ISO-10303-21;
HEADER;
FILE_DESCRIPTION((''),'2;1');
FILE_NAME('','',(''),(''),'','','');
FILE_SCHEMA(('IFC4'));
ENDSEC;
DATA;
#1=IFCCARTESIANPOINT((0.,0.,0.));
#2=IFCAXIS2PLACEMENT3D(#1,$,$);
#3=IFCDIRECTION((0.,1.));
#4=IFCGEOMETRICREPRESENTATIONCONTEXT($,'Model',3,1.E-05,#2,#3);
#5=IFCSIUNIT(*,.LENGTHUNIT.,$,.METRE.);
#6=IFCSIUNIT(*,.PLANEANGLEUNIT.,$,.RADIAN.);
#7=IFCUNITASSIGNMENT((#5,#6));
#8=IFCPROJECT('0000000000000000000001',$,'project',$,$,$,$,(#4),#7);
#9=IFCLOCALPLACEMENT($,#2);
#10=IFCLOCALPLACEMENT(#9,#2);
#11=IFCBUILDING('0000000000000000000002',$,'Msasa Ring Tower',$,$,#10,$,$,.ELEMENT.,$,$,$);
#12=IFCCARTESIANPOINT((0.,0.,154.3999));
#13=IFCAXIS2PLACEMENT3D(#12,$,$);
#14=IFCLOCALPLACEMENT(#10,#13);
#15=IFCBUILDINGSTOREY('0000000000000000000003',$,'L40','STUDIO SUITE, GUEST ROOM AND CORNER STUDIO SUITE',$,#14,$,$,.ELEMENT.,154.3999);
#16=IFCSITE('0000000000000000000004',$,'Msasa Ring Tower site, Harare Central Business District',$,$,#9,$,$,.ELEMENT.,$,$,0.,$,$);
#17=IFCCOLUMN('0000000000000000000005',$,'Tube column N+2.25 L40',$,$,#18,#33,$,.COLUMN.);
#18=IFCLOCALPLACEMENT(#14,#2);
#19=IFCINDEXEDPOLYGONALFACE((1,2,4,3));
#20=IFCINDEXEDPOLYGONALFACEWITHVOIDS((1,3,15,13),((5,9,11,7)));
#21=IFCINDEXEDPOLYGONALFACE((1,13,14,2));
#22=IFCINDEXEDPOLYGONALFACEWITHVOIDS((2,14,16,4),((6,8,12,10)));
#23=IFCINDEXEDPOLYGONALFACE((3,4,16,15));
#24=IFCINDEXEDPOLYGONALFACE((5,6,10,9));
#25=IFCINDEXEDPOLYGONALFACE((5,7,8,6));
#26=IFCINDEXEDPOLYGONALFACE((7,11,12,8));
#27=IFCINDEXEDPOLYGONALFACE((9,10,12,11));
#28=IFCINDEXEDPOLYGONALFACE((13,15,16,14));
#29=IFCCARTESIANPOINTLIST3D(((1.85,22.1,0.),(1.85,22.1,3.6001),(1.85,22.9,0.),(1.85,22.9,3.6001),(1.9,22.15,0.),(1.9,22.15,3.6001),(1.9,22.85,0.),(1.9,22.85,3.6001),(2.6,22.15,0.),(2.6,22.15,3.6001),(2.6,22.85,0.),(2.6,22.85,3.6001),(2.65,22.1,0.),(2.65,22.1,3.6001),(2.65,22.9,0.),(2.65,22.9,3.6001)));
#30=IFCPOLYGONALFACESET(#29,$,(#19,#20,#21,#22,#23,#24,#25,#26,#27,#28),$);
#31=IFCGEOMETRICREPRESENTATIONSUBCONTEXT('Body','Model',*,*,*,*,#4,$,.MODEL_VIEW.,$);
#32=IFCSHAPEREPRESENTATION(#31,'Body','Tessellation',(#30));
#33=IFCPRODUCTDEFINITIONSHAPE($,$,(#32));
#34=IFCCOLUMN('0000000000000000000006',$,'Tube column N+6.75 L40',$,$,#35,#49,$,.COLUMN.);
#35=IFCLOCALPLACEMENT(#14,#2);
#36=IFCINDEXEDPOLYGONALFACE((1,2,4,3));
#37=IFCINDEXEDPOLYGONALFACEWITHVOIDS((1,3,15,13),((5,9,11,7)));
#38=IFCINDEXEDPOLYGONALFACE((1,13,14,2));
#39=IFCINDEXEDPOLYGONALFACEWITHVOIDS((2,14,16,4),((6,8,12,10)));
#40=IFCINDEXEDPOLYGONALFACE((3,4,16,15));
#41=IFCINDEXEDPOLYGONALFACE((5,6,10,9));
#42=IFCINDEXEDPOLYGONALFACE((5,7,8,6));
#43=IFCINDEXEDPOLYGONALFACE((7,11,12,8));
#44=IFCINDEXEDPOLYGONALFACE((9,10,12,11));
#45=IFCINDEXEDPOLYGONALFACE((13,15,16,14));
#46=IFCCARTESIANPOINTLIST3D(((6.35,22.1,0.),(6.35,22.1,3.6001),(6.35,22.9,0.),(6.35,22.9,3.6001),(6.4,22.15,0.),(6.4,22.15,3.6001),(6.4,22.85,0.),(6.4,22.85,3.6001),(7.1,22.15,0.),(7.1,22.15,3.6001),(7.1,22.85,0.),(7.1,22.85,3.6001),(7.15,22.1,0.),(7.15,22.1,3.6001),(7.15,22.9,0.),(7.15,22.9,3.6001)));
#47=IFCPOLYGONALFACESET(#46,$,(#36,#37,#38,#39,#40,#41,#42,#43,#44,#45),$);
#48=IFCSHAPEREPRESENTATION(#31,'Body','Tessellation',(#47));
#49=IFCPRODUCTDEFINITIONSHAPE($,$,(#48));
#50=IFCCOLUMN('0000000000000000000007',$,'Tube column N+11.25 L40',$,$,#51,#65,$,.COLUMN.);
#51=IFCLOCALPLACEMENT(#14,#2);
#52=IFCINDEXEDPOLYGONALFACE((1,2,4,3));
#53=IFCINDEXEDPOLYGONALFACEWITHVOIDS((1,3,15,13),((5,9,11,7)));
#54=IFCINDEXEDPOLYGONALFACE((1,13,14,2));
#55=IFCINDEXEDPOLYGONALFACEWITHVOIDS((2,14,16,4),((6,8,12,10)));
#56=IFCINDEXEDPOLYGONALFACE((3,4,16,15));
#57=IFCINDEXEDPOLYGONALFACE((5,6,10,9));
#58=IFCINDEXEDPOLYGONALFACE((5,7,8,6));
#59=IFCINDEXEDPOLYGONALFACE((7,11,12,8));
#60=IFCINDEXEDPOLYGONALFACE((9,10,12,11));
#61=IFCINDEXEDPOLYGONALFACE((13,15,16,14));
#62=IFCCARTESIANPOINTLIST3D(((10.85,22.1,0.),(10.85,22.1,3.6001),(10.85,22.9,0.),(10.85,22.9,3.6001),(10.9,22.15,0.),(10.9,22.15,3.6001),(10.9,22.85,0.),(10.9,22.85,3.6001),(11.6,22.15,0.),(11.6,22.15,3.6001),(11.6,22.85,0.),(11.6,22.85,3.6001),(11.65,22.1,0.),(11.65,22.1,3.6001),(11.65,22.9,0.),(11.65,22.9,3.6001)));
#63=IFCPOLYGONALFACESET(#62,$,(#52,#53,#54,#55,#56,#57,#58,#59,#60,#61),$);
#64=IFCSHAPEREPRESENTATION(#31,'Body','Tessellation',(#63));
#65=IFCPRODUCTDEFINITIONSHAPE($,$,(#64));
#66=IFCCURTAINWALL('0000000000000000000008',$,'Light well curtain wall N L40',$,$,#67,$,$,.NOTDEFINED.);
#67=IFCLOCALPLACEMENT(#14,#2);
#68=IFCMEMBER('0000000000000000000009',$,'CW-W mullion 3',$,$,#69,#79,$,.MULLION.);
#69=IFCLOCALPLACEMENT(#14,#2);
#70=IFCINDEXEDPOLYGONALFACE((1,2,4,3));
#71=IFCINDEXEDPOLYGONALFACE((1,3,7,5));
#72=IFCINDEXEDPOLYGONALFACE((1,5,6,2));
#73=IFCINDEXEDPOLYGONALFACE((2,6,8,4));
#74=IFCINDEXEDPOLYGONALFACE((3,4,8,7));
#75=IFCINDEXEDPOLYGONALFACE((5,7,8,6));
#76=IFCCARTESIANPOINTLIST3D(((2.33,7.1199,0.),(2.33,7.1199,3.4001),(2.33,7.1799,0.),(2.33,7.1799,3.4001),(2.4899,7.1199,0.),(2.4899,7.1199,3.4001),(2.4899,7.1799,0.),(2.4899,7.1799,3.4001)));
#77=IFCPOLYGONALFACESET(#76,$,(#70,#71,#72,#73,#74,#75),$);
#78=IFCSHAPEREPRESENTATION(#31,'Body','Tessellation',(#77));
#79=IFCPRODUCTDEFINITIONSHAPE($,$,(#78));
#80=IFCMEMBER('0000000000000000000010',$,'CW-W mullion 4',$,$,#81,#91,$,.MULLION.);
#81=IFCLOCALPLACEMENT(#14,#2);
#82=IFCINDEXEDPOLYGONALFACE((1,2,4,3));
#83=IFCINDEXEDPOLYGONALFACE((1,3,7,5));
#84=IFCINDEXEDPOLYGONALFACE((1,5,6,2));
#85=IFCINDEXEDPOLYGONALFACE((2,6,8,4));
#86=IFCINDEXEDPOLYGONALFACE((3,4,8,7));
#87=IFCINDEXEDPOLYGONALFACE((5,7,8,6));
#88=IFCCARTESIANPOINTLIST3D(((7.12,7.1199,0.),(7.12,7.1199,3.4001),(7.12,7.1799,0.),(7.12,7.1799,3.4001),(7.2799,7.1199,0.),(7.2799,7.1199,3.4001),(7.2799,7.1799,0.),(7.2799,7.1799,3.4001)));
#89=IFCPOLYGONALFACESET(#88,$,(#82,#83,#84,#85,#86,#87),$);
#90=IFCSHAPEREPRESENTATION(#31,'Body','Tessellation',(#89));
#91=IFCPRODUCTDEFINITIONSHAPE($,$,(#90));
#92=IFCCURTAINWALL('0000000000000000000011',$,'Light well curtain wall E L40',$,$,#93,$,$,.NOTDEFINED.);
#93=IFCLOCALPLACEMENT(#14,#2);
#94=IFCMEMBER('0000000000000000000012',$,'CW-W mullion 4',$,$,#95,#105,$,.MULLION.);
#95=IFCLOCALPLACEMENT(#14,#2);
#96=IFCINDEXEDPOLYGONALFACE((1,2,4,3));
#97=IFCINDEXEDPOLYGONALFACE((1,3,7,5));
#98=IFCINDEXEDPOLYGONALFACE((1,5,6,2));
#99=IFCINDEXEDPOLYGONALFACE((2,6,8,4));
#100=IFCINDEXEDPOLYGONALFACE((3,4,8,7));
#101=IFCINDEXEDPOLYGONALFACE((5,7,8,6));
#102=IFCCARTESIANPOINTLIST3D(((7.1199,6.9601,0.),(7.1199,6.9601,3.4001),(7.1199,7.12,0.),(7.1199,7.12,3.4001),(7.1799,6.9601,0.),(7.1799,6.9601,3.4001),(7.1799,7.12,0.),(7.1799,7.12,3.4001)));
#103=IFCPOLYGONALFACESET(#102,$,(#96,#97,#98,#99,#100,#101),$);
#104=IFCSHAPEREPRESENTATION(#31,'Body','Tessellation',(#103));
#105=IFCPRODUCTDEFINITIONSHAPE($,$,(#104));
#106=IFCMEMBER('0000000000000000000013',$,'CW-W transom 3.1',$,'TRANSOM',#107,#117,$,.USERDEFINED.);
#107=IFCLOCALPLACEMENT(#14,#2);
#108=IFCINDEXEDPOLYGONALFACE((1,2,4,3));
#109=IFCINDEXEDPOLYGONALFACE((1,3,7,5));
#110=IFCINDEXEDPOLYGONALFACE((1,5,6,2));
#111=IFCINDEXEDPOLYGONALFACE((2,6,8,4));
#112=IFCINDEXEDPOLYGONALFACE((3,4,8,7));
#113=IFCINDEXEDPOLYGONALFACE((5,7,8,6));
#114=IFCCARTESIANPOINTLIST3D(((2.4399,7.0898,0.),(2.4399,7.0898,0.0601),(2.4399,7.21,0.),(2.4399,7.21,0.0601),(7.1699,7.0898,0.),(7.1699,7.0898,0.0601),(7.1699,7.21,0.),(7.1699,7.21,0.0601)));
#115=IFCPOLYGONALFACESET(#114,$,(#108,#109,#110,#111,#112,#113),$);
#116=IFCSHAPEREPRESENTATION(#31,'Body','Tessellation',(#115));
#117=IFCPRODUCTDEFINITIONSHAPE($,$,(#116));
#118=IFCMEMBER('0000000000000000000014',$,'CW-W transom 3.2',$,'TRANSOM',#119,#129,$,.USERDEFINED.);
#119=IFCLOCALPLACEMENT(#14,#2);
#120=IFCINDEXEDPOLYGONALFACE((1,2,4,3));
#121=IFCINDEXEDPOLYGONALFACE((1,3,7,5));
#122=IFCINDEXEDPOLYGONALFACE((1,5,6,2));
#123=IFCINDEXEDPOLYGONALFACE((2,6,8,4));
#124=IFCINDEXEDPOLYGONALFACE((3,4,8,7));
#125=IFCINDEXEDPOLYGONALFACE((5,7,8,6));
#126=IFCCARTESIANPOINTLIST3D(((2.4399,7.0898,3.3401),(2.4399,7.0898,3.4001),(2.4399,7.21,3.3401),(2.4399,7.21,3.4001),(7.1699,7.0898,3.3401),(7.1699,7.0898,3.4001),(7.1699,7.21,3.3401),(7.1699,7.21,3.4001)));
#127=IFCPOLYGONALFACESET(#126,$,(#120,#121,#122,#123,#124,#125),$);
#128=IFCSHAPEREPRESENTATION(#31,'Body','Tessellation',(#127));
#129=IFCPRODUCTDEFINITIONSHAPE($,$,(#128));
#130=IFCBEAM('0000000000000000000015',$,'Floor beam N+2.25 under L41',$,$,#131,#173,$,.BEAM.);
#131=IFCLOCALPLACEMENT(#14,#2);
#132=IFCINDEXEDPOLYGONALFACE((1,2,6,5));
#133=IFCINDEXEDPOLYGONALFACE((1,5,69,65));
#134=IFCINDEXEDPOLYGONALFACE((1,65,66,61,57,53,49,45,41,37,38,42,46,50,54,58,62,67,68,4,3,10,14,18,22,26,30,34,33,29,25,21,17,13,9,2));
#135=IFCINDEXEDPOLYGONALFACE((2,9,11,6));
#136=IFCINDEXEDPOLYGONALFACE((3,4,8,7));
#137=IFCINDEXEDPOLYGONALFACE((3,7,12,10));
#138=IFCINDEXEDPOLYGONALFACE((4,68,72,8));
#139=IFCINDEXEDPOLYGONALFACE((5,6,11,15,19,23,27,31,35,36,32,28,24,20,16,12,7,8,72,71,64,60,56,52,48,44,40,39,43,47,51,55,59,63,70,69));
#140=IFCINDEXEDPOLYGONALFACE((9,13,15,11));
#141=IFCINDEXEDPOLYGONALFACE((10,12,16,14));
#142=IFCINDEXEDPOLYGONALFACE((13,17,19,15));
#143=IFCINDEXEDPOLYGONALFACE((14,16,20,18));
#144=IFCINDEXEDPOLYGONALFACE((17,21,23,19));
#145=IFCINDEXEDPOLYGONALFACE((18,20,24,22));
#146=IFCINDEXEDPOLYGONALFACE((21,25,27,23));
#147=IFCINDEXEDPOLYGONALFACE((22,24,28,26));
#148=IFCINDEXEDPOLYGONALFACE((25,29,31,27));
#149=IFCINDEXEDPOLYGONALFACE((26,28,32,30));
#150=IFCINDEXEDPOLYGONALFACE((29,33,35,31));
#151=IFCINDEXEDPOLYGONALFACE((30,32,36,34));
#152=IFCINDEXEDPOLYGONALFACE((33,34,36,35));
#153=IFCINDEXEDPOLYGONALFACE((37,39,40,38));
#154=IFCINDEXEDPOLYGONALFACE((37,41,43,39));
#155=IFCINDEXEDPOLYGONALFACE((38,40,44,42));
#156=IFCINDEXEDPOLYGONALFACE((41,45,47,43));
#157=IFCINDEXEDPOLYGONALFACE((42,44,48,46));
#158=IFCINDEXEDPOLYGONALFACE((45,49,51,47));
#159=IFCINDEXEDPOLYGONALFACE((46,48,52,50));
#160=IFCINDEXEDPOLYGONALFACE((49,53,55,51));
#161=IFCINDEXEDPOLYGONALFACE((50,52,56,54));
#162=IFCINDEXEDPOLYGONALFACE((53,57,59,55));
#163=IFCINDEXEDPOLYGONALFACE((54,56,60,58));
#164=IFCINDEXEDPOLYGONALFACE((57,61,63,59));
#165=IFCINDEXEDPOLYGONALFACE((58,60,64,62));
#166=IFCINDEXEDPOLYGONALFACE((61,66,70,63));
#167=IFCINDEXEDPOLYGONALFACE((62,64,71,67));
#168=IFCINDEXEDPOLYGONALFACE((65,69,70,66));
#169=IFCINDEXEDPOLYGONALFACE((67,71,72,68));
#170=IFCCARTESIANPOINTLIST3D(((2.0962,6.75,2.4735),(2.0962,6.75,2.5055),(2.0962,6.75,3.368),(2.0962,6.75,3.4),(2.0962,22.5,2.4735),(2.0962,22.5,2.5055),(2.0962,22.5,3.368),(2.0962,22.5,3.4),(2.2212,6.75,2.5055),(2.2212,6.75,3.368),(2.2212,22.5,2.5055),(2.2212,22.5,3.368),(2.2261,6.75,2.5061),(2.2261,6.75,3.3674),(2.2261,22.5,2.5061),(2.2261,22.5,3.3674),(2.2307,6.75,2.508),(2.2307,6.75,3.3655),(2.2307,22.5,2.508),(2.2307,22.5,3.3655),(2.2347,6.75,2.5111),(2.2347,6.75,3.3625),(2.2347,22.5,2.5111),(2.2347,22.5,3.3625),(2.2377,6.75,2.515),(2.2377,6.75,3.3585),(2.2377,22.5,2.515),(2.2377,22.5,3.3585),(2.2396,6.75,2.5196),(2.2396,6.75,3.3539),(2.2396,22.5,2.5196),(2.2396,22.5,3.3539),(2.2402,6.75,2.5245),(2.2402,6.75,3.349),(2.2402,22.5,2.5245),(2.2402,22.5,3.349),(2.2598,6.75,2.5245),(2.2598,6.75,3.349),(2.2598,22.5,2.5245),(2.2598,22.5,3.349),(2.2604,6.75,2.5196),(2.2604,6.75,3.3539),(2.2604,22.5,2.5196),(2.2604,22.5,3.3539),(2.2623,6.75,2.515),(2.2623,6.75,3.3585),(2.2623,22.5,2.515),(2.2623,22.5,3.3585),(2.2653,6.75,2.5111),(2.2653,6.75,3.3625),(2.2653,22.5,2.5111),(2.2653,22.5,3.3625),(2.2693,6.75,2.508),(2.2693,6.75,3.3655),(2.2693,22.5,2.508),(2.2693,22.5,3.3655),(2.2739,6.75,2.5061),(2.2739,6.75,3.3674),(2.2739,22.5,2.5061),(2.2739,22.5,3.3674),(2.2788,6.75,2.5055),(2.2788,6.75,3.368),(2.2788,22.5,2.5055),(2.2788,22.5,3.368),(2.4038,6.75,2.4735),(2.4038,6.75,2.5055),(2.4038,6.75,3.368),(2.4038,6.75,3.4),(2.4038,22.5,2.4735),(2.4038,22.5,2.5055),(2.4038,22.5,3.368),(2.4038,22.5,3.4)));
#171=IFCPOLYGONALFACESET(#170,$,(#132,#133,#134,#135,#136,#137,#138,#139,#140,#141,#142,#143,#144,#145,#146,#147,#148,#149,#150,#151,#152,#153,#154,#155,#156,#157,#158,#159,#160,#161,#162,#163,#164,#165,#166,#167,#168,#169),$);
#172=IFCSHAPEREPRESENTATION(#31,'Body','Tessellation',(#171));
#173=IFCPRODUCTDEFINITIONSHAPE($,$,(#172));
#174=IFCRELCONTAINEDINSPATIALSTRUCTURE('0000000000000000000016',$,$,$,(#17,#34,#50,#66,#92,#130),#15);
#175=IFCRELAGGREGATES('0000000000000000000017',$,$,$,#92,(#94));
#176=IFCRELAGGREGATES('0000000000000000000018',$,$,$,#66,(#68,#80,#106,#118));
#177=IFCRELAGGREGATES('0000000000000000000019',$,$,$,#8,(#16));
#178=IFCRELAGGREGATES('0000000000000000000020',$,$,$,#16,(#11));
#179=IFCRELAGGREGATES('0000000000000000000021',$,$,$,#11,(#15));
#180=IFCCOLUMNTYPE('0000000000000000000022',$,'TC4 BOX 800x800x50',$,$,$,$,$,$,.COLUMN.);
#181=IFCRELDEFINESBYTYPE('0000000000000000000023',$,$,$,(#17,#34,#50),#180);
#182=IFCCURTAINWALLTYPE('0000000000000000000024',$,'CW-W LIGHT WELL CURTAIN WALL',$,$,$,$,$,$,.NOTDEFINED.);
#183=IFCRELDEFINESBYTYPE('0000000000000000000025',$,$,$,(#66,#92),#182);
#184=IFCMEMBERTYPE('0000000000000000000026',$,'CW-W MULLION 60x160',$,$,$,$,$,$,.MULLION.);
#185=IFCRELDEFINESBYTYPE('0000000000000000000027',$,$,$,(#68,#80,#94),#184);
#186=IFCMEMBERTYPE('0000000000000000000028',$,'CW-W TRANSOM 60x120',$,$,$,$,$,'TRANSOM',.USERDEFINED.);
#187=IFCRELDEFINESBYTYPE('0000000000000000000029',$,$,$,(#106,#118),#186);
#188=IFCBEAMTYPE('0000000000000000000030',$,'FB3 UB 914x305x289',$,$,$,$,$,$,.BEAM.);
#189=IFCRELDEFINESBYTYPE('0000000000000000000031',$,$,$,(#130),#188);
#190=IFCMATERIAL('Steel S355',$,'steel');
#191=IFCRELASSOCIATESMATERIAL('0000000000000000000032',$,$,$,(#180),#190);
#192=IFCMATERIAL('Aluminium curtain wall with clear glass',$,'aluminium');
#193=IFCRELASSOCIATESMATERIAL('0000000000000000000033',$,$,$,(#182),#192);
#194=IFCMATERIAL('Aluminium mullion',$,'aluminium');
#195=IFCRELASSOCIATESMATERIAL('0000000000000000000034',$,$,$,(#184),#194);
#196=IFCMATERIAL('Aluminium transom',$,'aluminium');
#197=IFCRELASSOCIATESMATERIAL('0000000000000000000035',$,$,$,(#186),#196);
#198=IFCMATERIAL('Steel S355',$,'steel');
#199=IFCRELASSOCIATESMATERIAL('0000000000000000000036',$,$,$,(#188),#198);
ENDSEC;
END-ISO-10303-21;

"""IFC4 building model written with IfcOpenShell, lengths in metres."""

from ifc_helpers import new_model, si_unit, direction, frame, origin, origin_2d, place, context, subcontext, project, spatial, rectangle, hollow_rectangle, i_section, extrude, material, material_profile, profile_set, type_object, element, aggregate, save


model = new_model("IFC4")

# Units and contexts
model_context = context("Model", 3, precision=1e-05, world=origin(), true_north=direction((0.0, 1.0)))
body_context = subcontext(model_context, "Body", "Model", "MODEL_VIEW")
ifc_project = project(units=[si_unit("LENGTHUNIT", "METRE"), si_unit("PLANEANGLEUNIT", "RADIAN")], contexts=[model_context])

# Site, building, storey
site_placement = place(None, origin())
site = spatial("IfcSite", under=ifc_project, at=site_placement, Name="Msasa Ring Tower site, Harare Central Business District", CompositionType="ELEMENT", RefElevation=0.0)
building_placement = place(site_placement, origin())
building = spatial("IfcBuilding", under=site, at=building_placement, Name="Msasa Ring Tower", CompositionType="ELEMENT")
storey_placement = place(building_placement, frame((0.0, 0.0, 154.3999)))
storey = spatial("IfcBuildingStorey", under=building, at=storey_placement, Name="L40", Description="STUDIO SUITE, GUEST ROOM AND CORNER STUDIO SUITE", CompositionType="ELEMENT", Elevation=154.3999)

# Columns
ifc_material_1 = material(Name="Steel S355", Category="steel")
ifc_material_profile_1 = material_profile(ifc_material_1, hollow_rectangle(XDim=0.8, YDim=0.8, WallThickness=0.05, at=origin_2d()), Name="BOX 800x800x50")
ifc_profile_set_1 = profile_set([ifc_material_profile_1], Name="Steel S355")
column_type = type_object("IfcColumnType", Name="TC4 BOX 800x800x50", PredefinedType="COLUMN", material=ifc_profile_set_1)
for number, where, z_axis, x_axis, name in (
    (1, (2.25, 22.5, 0.0), (0.0, 0.0, 1.0), (0.0, 1.0, 0.0), "Tube column N+2.25 L40"),
    (2, (6.75, 22.5, 0.0), (0.0, 0.0, 1.0), (0.0, 1.0, 0.0), "Tube column N+6.75 L40"),
    (3, (11.25, 22.5, 0.0), (0.0, 0.0, 1.0), (0.0, 1.0, 0.0), "Tube column N+11.25 L40"),
):
    element("IfcColumn", number, at=place(storey_placement, frame(where, z_axis=z_axis, x_axis=x_axis)), inside=storey, type_object=column_type, Name=name, PredefinedType="COLUMN", context=body_context, shape_type="SweptSolid", body=[
        extrude(hollow_rectangle(XDim=0.8, YDim=0.8, WallThickness=0.05, at=origin_2d()), origin(), (0.0, 0.0, 1.0), 3.6001),
    ])

# Curtain wall, members
ifc_material_2 = material(Name="Aluminium curtain wall with clear glass", Category="aluminium")
curtain_wall_type = type_object("IfcCurtainWallType", Name="CW-W LIGHT WELL CURTAIN WALL", PredefinedType="NOTDEFINED", material=ifc_material_2)
curtain_wall_1_placement = place(storey_placement, origin())
curtain_wall_1 = element("IfcCurtainWall", 4, at=curtain_wall_1_placement, inside=storey, type_object=curtain_wall_type, Name="Light well curtain wall N L40", PredefinedType="NOTDEFINED")
ifc_material_3 = material(Name="Aluminium mullion", Category="aluminium")
ifc_material_profile_2 = material_profile(ifc_material_3, rectangle(XDim=0.0601, YDim=0.1599, at=origin_2d()), Name="AL 60x160")
ifc_profile_set_2 = profile_set([ifc_material_profile_2], Name="Aluminium mullion")
member_type_1 = type_object("IfcMemberType", Name="CW-W MULLION 60x160", PredefinedType="MULLION", material=ifc_profile_set_2)
member_1_placement = place(storey_placement, frame((2.4099, 7.1499, 0.0), z_axis=(0.0, 0.0, 1.0), x_axis=(0.0, 1.0, 0.0)))
member_1 = element("IfcMember", 5, at=member_1_placement, type_object=member_type_1, Name="CW-W mullion 3", PredefinedType="MULLION", context=body_context, shape_type="SweptSolid", body=[
    extrude(rectangle(XDim=0.0601, YDim=0.1599, at=origin_2d()), origin(), (0.0, 0.0, 1.0), 3.4001),
])
member_2_placement = place(storey_placement, frame((7.2, 7.1499, 0.0), z_axis=(0.0, 0.0, 1.0), x_axis=(0.0, 1.0, 0.0)))
member_2 = element("IfcMember", 6, at=member_2_placement, type_object=member_type_1, Name="CW-W mullion 4", PredefinedType="MULLION", context=body_context, shape_type="SweptSolid", body=[
    extrude(rectangle(XDim=0.0601, YDim=0.1599, at=origin_2d()), origin(), (0.0, 0.0, 1.0), 3.4001),
])

# Curtain wall, member
curtain_wall_2_placement = place(storey_placement, origin())
curtain_wall_2 = element("IfcCurtainWall", 7, at=curtain_wall_2_placement, inside=storey, type_object=curtain_wall_type, Name="Light well curtain wall E L40", PredefinedType="NOTDEFINED")
member_3_placement = place(storey_placement, frame((7.1499, 7.04, 0.0), z_axis=(0.0, 0.0, 1.0), x_axis=(-1.0, 0.0, 0.0)))
member_3 = element("IfcMember", 8, at=member_3_placement, type_object=member_type_1, Name="CW-W mullion 4", PredefinedType="MULLION", context=body_context, shape_type="SweptSolid", body=[
    extrude(rectangle(XDim=0.0601, YDim=0.1599, at=origin_2d()), origin(), (0.0, 0.0, 1.0), 3.4001),
])
aggregate(curtain_wall_2, [member_3])

# Members
ifc_material_4 = material(Name="Aluminium transom", Category="aluminium")
ifc_material_profile_3 = material_profile(ifc_material_4, rectangle(XDim=0.1201, YDim=0.0601, at=origin_2d()), Name="AL 60x120")
ifc_profile_set_3 = profile_set([ifc_material_profile_3], Name="Aluminium transom")
member_type_2 = type_object("IfcMemberType", Name="CW-W TRANSOM 60x120", ElementType="TRANSOM", PredefinedType="USERDEFINED", material=ifc_profile_set_3)
member_4_placement = place(storey_placement, frame((2.4399, 7.1499, 0.03), z_axis=(1.0, 0.0, 0.0), x_axis=(0.0, 1.0, 0.0)))
member_4 = element("IfcMember", 9, at=member_4_placement, type_object=member_type_2, Name="CW-W transom 3.1", ObjectType="TRANSOM", PredefinedType="USERDEFINED", context=body_context, shape_type="SweptSolid", body=[
    extrude(rectangle(XDim=0.1201, YDim=0.0601, at=origin_2d()), origin(), (0.0, 0.0, 1.0), 4.73),
])
member_5_placement = place(storey_placement, frame((2.4399, 7.1499, 3.3701), z_axis=(1.0, 0.0, 0.0), x_axis=(0.0, 1.0, 0.0)))
member_5 = element("IfcMember", 10, at=member_5_placement, type_object=member_type_2, Name="CW-W transom 3.2", ObjectType="TRANSOM", PredefinedType="USERDEFINED", context=body_context, shape_type="SweptSolid", body=[
    extrude(rectangle(XDim=0.1201, YDim=0.0601, at=origin_2d()), origin(), (0.0, 0.0, 1.0), 4.73),
])

# Beam
ifc_material_5 = material(Name="Steel S355", Category="steel")
ifc_material_profile_4 = material_profile(ifc_material_5, i_section(OverallWidth=0.3076, OverallDepth=0.9265, WebThickness=0.0195, FlangeThickness=0.032, FilletRadius=0.019, at=origin_2d()), Name="UB 914x305x289")
ifc_profile_set_4 = profile_set([ifc_material_profile_4], Name="Steel S355")
beam_type_1 = type_object("IfcBeamType", Name="FB3 UB 914x305x289", PredefinedType="BEAM", material=ifc_profile_set_4)
for number, where, z_axis, x_axis, name in (
    (11, (2.25, 22.5, 2.9368), (0.0, -1.0, 0.0), (1.0, 0.0, 0.0), "Floor beam N+2.25 under L41"),
):
    element("IfcBeam", number, at=place(storey_placement, frame(where, z_axis=z_axis, x_axis=x_axis)), inside=storey, type_object=beam_type_1, Name=name, PredefinedType="BEAM", context=body_context, shape_type="SweptSolid", body=[
        extrude(i_section(OverallWidth=0.3076, OverallDepth=0.9265, WebThickness=0.0195, FlangeThickness=0.032, FilletRadius=0.019, at=origin_2d()), origin(), (0.0, 0.0, 1.0), 15.75),
    ])

aggregate(curtain_wall_1, [member_1, member_2, member_4, member_5])

save(model, "model.ifc")
